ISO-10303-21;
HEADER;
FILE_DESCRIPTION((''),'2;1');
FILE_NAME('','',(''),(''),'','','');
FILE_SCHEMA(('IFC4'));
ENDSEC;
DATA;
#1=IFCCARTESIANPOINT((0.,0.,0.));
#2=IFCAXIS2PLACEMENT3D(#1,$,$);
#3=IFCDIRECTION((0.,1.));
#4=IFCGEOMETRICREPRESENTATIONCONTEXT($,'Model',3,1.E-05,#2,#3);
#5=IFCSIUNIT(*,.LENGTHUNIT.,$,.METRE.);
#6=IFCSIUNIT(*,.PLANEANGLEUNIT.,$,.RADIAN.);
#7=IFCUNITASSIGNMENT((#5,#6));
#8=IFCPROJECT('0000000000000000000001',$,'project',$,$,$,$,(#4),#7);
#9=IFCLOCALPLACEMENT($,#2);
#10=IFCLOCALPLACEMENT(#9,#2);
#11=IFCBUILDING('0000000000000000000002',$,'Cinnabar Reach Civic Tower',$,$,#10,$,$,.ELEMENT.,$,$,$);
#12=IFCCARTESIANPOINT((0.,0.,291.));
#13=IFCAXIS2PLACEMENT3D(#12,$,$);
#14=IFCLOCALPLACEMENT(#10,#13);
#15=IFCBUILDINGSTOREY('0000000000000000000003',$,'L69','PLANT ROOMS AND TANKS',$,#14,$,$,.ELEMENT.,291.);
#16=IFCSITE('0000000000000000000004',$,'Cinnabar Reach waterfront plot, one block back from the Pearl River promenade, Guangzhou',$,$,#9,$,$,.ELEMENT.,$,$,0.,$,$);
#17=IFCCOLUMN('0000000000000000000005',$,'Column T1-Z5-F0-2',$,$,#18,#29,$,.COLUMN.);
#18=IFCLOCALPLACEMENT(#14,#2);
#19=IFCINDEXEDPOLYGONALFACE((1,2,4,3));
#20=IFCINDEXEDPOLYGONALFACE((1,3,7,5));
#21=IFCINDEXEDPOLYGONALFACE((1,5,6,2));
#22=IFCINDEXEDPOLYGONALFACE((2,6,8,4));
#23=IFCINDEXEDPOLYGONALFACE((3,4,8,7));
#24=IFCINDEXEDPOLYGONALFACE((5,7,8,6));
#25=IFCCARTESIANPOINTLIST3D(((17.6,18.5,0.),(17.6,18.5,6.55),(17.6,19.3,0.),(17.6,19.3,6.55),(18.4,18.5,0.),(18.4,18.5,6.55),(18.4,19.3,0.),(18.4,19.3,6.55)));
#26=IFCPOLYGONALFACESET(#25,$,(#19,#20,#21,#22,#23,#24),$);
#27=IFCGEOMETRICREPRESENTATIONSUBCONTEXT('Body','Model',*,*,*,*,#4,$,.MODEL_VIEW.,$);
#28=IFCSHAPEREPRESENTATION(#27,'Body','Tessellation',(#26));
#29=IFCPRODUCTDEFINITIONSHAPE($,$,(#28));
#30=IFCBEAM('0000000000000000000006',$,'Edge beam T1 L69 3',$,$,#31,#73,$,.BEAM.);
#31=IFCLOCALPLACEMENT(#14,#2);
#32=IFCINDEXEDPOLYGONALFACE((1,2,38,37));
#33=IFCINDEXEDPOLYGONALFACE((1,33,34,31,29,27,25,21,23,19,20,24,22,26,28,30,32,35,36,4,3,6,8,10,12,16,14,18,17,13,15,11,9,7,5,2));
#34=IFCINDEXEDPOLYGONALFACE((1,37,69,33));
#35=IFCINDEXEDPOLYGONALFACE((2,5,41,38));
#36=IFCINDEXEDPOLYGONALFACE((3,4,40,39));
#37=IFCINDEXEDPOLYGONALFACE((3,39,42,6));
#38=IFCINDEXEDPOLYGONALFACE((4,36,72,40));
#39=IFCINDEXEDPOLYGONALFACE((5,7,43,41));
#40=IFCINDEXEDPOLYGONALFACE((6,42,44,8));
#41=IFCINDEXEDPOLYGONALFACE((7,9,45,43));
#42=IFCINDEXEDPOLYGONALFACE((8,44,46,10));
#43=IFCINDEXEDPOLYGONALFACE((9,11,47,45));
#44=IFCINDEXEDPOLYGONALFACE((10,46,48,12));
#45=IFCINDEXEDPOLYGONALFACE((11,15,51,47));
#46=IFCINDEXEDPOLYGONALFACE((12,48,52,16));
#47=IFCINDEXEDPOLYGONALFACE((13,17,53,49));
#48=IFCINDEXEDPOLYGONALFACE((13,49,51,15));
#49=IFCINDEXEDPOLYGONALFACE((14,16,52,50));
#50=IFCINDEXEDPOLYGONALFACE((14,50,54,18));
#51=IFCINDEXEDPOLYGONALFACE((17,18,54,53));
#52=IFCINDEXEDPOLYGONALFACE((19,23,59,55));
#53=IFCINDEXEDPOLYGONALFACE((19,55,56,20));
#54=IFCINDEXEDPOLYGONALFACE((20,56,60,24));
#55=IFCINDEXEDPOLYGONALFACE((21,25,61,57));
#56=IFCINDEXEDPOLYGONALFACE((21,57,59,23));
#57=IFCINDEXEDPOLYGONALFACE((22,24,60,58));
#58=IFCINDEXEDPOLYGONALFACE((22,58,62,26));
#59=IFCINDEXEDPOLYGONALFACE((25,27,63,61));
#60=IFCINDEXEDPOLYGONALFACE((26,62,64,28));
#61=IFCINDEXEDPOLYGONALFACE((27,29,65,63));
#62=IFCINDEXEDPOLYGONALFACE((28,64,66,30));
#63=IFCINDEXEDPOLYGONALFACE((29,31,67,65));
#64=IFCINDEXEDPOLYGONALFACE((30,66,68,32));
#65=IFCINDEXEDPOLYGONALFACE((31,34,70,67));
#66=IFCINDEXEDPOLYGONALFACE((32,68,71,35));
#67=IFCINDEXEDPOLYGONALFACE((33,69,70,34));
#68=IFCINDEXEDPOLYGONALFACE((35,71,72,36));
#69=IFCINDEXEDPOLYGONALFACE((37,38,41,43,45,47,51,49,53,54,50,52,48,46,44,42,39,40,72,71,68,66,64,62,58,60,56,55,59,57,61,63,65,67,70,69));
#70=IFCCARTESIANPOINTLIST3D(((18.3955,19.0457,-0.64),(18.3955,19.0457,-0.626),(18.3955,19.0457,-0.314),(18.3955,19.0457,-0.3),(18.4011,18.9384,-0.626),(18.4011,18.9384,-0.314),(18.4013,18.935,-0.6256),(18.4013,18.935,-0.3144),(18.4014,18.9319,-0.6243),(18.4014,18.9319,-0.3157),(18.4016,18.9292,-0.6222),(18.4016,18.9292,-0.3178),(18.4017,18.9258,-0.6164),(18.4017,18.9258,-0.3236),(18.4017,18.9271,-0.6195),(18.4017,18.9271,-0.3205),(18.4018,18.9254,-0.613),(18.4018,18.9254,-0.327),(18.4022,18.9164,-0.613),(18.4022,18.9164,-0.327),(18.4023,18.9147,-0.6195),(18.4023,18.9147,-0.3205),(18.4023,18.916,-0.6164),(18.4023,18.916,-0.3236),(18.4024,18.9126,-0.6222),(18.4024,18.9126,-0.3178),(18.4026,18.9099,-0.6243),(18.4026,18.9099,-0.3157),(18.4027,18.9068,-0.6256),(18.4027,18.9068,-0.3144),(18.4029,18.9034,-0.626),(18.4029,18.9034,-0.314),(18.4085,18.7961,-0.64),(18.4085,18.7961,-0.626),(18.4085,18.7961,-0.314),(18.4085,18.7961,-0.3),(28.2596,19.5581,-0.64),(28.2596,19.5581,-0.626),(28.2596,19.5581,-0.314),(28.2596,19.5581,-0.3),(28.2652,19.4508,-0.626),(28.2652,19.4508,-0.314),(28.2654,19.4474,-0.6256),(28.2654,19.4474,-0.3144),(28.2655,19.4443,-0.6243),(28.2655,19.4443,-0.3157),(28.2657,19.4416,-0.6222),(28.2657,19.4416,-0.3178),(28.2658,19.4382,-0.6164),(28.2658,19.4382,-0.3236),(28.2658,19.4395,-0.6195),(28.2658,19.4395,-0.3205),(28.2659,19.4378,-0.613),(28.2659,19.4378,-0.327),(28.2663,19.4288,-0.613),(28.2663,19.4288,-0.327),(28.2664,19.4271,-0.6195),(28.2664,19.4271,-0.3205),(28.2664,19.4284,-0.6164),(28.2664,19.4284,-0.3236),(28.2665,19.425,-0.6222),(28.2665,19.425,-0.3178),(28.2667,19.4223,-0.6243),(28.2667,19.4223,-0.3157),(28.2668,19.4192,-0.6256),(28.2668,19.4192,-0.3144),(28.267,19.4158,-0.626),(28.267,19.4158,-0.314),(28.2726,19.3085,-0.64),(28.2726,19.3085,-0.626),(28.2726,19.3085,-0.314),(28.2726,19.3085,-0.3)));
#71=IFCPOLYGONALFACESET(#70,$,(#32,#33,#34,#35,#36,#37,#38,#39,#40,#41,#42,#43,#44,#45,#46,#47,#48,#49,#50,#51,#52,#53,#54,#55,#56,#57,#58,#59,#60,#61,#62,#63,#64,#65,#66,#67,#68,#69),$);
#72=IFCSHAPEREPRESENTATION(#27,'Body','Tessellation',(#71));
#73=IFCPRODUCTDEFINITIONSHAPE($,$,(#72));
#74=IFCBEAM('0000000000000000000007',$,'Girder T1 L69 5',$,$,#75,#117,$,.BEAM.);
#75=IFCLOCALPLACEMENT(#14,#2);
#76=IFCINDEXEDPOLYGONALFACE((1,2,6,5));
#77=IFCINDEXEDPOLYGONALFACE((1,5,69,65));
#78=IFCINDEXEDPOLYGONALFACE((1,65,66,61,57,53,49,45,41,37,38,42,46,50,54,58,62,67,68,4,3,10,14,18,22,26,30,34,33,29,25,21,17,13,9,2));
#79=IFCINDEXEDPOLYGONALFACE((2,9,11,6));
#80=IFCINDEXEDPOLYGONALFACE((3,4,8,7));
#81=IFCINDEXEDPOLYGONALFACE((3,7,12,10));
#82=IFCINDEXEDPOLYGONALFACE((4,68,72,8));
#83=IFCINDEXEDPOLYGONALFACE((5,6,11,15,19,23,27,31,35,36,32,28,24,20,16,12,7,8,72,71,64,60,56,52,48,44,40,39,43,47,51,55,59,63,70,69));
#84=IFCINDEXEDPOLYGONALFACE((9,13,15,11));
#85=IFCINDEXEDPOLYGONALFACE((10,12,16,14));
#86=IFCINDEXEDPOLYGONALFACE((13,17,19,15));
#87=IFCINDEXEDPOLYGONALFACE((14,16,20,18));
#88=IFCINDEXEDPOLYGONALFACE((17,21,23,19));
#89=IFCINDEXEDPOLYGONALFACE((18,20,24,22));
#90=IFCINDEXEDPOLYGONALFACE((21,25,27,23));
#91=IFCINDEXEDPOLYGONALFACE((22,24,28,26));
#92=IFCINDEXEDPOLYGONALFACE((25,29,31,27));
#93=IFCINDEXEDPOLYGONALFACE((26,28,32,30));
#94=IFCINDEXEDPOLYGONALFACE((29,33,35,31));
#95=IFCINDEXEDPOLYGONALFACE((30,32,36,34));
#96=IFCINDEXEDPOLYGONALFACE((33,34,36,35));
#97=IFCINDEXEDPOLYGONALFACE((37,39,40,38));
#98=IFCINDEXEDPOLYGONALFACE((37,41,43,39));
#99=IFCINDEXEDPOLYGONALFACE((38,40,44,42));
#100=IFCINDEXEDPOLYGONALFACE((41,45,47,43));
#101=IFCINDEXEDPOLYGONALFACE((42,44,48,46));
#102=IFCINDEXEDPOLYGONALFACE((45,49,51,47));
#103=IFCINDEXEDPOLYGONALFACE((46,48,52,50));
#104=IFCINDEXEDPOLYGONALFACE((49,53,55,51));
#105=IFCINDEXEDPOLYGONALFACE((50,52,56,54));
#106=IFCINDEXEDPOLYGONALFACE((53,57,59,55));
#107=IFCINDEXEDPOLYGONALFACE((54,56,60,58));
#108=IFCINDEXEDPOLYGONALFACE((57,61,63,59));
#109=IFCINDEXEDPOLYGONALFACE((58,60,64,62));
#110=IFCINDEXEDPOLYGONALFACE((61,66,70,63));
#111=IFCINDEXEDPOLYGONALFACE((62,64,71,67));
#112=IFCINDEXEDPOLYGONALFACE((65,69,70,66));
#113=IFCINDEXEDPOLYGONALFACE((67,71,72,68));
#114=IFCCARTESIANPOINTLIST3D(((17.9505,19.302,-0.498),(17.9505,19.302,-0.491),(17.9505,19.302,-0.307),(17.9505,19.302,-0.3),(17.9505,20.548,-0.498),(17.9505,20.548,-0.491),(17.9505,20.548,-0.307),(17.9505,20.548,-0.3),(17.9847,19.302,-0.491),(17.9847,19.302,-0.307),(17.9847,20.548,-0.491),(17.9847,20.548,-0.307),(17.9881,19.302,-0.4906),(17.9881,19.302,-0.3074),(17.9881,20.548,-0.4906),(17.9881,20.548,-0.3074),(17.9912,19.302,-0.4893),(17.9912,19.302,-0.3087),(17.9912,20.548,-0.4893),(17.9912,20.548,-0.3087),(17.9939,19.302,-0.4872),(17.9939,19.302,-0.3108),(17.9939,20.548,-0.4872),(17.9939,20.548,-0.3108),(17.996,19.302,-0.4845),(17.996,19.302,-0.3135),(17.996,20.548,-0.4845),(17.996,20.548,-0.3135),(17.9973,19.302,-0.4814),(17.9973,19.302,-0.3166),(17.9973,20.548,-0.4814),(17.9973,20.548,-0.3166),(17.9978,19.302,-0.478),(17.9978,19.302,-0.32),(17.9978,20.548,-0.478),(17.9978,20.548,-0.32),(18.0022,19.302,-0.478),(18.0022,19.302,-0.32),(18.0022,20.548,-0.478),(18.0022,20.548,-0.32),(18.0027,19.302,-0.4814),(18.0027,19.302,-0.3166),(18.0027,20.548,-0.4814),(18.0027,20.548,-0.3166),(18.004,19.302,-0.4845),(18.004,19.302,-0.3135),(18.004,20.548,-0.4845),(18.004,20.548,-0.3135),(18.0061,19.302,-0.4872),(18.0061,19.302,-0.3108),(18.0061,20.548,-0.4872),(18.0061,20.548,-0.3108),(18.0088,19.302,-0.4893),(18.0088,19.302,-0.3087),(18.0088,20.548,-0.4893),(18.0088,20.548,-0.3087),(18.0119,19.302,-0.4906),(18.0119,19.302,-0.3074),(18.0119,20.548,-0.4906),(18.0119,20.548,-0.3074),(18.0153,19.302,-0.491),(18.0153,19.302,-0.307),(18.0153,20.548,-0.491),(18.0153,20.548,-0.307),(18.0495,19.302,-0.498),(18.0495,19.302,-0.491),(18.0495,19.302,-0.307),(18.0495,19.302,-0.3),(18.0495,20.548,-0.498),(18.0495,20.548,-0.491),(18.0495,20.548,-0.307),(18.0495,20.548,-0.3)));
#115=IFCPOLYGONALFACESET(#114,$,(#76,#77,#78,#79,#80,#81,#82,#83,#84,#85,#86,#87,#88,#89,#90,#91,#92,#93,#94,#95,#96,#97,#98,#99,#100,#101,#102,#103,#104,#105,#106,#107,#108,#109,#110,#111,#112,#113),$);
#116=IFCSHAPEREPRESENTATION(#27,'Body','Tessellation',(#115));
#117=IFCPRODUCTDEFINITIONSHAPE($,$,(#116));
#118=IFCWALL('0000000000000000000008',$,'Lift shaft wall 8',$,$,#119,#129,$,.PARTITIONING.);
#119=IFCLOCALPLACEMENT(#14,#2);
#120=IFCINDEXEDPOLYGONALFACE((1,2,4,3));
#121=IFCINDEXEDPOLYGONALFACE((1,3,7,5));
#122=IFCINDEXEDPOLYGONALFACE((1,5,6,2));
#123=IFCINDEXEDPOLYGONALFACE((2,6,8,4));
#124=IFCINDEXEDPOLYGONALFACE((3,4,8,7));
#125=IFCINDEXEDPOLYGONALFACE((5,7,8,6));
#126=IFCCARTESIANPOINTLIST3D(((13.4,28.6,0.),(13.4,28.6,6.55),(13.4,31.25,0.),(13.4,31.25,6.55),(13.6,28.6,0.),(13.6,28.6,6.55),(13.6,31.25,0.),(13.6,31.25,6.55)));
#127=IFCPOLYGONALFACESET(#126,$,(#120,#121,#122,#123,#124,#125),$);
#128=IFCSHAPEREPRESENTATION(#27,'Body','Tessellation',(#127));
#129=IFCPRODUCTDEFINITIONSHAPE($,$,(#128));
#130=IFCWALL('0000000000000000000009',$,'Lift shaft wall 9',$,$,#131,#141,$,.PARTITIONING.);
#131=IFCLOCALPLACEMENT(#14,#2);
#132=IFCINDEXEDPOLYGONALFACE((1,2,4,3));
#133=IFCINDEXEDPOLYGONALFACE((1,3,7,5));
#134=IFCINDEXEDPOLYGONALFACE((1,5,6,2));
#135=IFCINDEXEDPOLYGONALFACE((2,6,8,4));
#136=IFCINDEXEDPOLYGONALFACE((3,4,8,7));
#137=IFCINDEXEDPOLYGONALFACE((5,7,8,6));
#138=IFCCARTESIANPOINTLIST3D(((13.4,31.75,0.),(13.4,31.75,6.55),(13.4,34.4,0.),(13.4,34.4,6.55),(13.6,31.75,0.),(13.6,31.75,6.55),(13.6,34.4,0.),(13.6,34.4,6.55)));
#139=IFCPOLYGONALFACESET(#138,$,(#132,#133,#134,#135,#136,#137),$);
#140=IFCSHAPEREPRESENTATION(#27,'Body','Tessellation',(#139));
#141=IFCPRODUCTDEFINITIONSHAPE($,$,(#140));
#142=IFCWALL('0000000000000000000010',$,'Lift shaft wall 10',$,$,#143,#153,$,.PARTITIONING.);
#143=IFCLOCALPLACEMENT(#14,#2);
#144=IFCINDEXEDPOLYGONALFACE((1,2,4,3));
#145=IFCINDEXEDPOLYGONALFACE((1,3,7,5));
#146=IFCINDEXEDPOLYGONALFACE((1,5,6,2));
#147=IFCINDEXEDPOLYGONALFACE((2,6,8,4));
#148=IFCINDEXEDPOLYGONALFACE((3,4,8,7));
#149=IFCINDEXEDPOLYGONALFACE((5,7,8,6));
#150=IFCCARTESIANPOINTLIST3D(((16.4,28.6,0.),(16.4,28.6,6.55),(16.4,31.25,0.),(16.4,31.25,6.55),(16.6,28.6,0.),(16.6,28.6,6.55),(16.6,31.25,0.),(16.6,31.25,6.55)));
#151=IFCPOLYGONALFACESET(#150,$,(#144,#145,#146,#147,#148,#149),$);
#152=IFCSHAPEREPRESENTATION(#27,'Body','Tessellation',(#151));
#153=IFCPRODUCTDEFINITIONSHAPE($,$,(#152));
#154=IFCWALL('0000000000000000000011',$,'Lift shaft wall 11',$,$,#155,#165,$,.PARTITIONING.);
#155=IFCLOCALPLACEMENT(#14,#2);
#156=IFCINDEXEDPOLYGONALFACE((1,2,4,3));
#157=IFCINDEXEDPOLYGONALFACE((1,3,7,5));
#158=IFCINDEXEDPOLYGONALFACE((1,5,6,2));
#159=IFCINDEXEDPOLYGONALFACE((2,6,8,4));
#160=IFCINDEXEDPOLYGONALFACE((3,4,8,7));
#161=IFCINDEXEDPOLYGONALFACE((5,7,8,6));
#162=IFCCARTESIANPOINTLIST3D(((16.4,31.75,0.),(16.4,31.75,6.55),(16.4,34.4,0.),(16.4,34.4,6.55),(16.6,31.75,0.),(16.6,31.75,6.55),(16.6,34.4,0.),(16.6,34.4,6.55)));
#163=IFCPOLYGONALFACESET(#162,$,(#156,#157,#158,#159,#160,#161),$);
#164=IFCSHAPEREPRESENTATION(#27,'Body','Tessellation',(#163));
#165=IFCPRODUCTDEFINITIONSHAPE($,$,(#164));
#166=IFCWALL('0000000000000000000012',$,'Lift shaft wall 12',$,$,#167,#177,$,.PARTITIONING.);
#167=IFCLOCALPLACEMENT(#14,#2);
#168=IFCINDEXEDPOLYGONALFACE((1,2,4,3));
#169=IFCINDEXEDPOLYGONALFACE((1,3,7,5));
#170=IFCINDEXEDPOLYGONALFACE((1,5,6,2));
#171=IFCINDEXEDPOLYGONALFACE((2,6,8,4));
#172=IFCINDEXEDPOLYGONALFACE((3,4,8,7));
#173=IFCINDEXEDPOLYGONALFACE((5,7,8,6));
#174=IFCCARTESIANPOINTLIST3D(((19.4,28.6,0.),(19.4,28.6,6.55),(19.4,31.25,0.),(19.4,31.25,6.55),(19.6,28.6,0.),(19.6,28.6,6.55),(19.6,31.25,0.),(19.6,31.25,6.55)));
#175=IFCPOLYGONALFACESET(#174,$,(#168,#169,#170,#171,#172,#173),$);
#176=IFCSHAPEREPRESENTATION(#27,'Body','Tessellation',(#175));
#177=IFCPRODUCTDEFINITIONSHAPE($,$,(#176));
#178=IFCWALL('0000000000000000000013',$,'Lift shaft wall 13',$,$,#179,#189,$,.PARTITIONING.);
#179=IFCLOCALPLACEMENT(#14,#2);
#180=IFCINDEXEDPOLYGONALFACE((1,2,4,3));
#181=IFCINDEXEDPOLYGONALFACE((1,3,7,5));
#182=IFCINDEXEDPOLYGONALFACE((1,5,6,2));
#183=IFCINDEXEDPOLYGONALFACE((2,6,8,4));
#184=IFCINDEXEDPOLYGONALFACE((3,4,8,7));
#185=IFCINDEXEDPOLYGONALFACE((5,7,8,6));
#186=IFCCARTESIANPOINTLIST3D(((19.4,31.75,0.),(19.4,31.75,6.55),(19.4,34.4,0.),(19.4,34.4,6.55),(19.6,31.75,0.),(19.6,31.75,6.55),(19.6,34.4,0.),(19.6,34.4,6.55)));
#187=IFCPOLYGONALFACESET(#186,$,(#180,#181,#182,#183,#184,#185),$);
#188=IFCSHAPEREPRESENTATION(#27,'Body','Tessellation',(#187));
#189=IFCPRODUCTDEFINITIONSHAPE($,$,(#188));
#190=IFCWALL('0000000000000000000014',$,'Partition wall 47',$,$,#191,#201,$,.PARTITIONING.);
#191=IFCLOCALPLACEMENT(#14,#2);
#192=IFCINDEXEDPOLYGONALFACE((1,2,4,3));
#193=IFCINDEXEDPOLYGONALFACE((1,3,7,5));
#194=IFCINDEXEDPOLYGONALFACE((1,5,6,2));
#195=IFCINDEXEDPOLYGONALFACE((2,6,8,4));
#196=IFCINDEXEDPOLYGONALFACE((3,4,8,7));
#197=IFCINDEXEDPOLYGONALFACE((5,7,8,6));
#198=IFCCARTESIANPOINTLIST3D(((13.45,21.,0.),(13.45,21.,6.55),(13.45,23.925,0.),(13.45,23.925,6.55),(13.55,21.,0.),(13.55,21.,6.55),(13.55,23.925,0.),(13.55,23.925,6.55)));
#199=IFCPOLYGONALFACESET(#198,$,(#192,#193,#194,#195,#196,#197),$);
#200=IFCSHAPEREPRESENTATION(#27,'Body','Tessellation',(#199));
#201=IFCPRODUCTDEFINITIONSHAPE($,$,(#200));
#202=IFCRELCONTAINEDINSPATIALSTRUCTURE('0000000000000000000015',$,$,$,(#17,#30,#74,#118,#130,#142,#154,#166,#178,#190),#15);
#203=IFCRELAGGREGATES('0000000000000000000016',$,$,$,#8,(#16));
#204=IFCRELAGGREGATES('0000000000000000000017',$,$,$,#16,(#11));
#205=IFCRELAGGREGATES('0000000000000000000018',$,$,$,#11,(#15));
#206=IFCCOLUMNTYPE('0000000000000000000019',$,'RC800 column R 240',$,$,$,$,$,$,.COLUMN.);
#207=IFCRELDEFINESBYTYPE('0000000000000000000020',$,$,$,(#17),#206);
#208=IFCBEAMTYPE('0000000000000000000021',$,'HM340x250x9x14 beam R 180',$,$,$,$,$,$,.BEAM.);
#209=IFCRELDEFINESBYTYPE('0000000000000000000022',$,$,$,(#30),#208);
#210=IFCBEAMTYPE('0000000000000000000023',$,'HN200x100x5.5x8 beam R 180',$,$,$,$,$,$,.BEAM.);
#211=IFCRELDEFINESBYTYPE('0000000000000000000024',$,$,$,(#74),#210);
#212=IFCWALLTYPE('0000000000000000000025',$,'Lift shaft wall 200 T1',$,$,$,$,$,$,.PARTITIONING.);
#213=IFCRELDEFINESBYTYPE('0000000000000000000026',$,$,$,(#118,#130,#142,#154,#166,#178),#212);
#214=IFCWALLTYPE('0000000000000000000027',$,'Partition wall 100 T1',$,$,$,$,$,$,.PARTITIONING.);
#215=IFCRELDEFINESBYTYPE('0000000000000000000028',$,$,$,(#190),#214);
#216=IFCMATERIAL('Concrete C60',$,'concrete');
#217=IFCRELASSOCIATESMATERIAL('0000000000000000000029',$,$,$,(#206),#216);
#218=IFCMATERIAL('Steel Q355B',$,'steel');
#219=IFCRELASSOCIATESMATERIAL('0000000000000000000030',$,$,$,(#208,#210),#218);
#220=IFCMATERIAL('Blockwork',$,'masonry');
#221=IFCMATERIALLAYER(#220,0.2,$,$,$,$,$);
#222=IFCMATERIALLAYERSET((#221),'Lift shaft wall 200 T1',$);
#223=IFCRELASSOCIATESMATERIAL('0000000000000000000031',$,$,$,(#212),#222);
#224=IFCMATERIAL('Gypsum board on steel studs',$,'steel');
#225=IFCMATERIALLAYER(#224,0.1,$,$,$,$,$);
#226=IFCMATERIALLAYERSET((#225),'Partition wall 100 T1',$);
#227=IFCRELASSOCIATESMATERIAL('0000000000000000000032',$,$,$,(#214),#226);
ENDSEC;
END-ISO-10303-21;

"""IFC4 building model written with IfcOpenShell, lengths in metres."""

from ifc_helpers import new_model, si_unit, direction, frame, frame_2d, origin, origin_2d, place, context, subcontext, project, spatial, rectangle, i_section, extrude, material, layer, layer_set, material_profile, profile_set, type_object, element, save


model = new_model("IFC4")

# Units and contexts
model_context = context("Model", 3, precision=1e-05, world=origin(), true_north=direction((0.0, 1.0)))
body_context = subcontext(model_context, "Body", "Model", "MODEL_VIEW")
ifc_project = project(units=[si_unit("LENGTHUNIT", "METRE"), si_unit("PLANEANGLEUNIT", "RADIAN")], contexts=[model_context])

# Site, building, storey
site_placement = place(None, origin())
site = spatial("IfcSite", under=ifc_project, at=site_placement, Name="Cinnabar Reach waterfront plot, one block back from the Pearl River promenade, Guangzhou", CompositionType="ELEMENT", RefElevation=0.0)
building_placement = place(site_placement, origin())
building = spatial("IfcBuilding", under=site, at=building_placement, Name="Cinnabar Reach Civic Tower", CompositionType="ELEMENT")
storey_placement = place(building_placement, frame((0.0, 0.0, 291.0)))
storey = spatial("IfcBuildingStorey", under=building, at=storey_placement, Name="L69", Description="PLANT ROOMS AND TANKS", CompositionType="ELEMENT", Elevation=291.0)

# Column
ifc_material_1 = material(Name="Concrete C60", Category="concrete")
ifc_material_profile_1 = material_profile(ifc_material_1, rectangle(XDim=0.8, YDim=0.8, at=origin_2d()), Name="RC800")
ifc_profile_set_1 = profile_set([ifc_material_profile_1], Name="Concrete C60")
column_type = type_object("IfcColumnType", Name="RC800 column R 240", PredefinedType="COLUMN", material=ifc_profile_set_1)
column_placement = place(storey_placement, frame((18.0, 18.9, 0.0), z_axis=(0.0, 0.0, 1.0), x_axis=(1.0, 0.0, 0.0)))
element("IfcColumn", 1, at=column_placement, inside=storey, type_object=column_type, Name="Column T1-Z5-F0-2", PredefinedType="COLUMN", context=body_context, shape_type="SweptSolid", body=[
    extrude(rectangle(XDim=0.8, YDim=0.8, at=origin_2d()), origin(), (0.0, 0.0, 1.0), 6.55),
])

# Beams
ifc_material_2 = material(Name="Steel Q355B", Category="steel")
ifc_material_profile_2 = material_profile(ifc_material_2, i_section(OverallWidth=0.25, OverallDepth=0.34, WebThickness=0.009, FlangeThickness=0.014, FilletRadius=0.013, at=origin_2d()), Name="HM340x250x9x14")
ifc_profile_set_2 = profile_set([ifc_material_profile_2], Name="Steel Q355B")
beam_type_1 = type_object("IfcBeamType", Name="HM340x250x9x14 beam R 180", PredefinedType="BEAM", material=ifc_profile_set_2)
beam_1_placement = place(storey_placement, frame((18.402, 18.9209, -0.47), z_axis=(0.998654, 0.051876, 0.0), x_axis=(-0.051876, 0.998654, 0.0)))
element("IfcBeam", 2, at=beam_1_placement, inside=storey, type_object=beam_type_1, Name="Edge beam T1 L69 3", PredefinedType="BEAM", context=body_context, shape_type="SweptSolid", body=[
    extrude(i_section(OverallWidth=0.25, OverallDepth=0.34, WebThickness=0.009, FlangeThickness=0.014, FilletRadius=0.013, at=origin_2d()), origin(), (0.0, 0.0, 1.0), 9.8774),
])
ifc_material_profile_3 = material_profile(ifc_material_2, i_section(OverallWidth=0.099, OverallDepth=0.198, WebThickness=0.0045, FlangeThickness=0.007, FilletRadius=0.013, at=origin_2d()), Name="HN200x100x5.5x8")
ifc_profile_set_3 = profile_set([ifc_material_profile_3], Name="Steel Q355B")
beam_type_2 = type_object("IfcBeamType", Name="HN200x100x5.5x8 beam R 180", PredefinedType="BEAM", material=ifc_profile_set_3)
beam_2_placement = place(storey_placement, frame((18.0, 19.302, -0.399), z_axis=(0.0, 1.0, 0.0), x_axis=(-1.0, 0.0, 0.0)))
element("IfcBeam", 3, at=beam_2_placement, inside=storey, type_object=beam_type_2, Name="Girder T1 L69 5", PredefinedType="BEAM", context=body_context, shape_type="SweptSolid", body=[
    extrude(i_section(OverallWidth=0.099, OverallDepth=0.198, WebThickness=0.0045, FlangeThickness=0.007, FilletRadius=0.013, at=origin_2d()), origin(), (0.0, 0.0, 1.0), 1.246),
])

# Walls
ifc_material_3 = material(Name="Blockwork", Category="masonry")
ifc_layer_1 = layer(ifc_material_3, 0.2)
ifc_layer_set_1 = layer_set([ifc_layer_1], Name="Lift shaft wall 200 T1")
wall_type_1 = type_object("IfcWallType", Name="Lift shaft wall 200 T1", PredefinedType="PARTITIONING", material=ifc_layer_set_1)
for number, where, z_axis, x_axis, name in (
    (4, (13.5, 28.6, 0.0), (0.0, 0.0, 1.0), (0.0, 1.0, 0.0), "Lift shaft wall 8"),
    (5, (13.5, 31.75, 0.0), (0.0, 0.0, 1.0), (0.0, 1.0, 0.0), "Lift shaft wall 9"),
    (6, (16.5, 28.6, 0.0), (0.0, 0.0, 1.0), (0.0, 1.0, 0.0), "Lift shaft wall 10"),
    (7, (16.5, 31.75, 0.0), (0.0, 0.0, 1.0), (0.0, 1.0, 0.0), "Lift shaft wall 11"),
    (8, (19.5, 28.6, 0.0), (0.0, 0.0, 1.0), (0.0, 1.0, 0.0), "Lift shaft wall 12"),
    (9, (19.5, 31.75, 0.0), (0.0, 0.0, 1.0), (0.0, 1.0, 0.0), "Lift shaft wall 13"),
):
    element("IfcWall", number, at=place(storey_placement, frame(where, z_axis=z_axis, x_axis=x_axis)), inside=storey, type_object=wall_type_1, Name=name, PredefinedType="PARTITIONING", context=body_context, shape_type="SweptSolid", body=[
        extrude(rectangle(XDim=2.65, YDim=0.2, at=frame_2d((1.325, 0.0))), origin(), (0.0, 0.0, 1.0), 6.55),
    ])
ifc_material_4 = material(Name="Gypsum board on steel studs", Category="steel")
ifc_layer_2 = layer(ifc_material_4, 0.1)
ifc_layer_set_2 = layer_set([ifc_layer_2], Name="Partition wall 100 T1")
wall_type_2 = type_object("IfcWallType", Name="Partition wall 100 T1", PredefinedType="PARTITIONING", material=ifc_layer_set_2)
wall_placement = place(storey_placement, frame((13.5, 21.0, 0.0), z_axis=(0.0, 0.0, 1.0), x_axis=(0.0, 1.0, 0.0)))
element("IfcWall", 10, at=wall_placement, inside=storey, type_object=wall_type_2, Name="Partition wall 47", PredefinedType="PARTITIONING", context=body_context, shape_type="SweptSolid", body=[
    extrude(rectangle(XDim=2.925, YDim=0.1, at=frame_2d((1.4625, 0.0))), origin(), (0.0, 0.0, 1.0), 6.55),
])

save(model, "model.ifc")
